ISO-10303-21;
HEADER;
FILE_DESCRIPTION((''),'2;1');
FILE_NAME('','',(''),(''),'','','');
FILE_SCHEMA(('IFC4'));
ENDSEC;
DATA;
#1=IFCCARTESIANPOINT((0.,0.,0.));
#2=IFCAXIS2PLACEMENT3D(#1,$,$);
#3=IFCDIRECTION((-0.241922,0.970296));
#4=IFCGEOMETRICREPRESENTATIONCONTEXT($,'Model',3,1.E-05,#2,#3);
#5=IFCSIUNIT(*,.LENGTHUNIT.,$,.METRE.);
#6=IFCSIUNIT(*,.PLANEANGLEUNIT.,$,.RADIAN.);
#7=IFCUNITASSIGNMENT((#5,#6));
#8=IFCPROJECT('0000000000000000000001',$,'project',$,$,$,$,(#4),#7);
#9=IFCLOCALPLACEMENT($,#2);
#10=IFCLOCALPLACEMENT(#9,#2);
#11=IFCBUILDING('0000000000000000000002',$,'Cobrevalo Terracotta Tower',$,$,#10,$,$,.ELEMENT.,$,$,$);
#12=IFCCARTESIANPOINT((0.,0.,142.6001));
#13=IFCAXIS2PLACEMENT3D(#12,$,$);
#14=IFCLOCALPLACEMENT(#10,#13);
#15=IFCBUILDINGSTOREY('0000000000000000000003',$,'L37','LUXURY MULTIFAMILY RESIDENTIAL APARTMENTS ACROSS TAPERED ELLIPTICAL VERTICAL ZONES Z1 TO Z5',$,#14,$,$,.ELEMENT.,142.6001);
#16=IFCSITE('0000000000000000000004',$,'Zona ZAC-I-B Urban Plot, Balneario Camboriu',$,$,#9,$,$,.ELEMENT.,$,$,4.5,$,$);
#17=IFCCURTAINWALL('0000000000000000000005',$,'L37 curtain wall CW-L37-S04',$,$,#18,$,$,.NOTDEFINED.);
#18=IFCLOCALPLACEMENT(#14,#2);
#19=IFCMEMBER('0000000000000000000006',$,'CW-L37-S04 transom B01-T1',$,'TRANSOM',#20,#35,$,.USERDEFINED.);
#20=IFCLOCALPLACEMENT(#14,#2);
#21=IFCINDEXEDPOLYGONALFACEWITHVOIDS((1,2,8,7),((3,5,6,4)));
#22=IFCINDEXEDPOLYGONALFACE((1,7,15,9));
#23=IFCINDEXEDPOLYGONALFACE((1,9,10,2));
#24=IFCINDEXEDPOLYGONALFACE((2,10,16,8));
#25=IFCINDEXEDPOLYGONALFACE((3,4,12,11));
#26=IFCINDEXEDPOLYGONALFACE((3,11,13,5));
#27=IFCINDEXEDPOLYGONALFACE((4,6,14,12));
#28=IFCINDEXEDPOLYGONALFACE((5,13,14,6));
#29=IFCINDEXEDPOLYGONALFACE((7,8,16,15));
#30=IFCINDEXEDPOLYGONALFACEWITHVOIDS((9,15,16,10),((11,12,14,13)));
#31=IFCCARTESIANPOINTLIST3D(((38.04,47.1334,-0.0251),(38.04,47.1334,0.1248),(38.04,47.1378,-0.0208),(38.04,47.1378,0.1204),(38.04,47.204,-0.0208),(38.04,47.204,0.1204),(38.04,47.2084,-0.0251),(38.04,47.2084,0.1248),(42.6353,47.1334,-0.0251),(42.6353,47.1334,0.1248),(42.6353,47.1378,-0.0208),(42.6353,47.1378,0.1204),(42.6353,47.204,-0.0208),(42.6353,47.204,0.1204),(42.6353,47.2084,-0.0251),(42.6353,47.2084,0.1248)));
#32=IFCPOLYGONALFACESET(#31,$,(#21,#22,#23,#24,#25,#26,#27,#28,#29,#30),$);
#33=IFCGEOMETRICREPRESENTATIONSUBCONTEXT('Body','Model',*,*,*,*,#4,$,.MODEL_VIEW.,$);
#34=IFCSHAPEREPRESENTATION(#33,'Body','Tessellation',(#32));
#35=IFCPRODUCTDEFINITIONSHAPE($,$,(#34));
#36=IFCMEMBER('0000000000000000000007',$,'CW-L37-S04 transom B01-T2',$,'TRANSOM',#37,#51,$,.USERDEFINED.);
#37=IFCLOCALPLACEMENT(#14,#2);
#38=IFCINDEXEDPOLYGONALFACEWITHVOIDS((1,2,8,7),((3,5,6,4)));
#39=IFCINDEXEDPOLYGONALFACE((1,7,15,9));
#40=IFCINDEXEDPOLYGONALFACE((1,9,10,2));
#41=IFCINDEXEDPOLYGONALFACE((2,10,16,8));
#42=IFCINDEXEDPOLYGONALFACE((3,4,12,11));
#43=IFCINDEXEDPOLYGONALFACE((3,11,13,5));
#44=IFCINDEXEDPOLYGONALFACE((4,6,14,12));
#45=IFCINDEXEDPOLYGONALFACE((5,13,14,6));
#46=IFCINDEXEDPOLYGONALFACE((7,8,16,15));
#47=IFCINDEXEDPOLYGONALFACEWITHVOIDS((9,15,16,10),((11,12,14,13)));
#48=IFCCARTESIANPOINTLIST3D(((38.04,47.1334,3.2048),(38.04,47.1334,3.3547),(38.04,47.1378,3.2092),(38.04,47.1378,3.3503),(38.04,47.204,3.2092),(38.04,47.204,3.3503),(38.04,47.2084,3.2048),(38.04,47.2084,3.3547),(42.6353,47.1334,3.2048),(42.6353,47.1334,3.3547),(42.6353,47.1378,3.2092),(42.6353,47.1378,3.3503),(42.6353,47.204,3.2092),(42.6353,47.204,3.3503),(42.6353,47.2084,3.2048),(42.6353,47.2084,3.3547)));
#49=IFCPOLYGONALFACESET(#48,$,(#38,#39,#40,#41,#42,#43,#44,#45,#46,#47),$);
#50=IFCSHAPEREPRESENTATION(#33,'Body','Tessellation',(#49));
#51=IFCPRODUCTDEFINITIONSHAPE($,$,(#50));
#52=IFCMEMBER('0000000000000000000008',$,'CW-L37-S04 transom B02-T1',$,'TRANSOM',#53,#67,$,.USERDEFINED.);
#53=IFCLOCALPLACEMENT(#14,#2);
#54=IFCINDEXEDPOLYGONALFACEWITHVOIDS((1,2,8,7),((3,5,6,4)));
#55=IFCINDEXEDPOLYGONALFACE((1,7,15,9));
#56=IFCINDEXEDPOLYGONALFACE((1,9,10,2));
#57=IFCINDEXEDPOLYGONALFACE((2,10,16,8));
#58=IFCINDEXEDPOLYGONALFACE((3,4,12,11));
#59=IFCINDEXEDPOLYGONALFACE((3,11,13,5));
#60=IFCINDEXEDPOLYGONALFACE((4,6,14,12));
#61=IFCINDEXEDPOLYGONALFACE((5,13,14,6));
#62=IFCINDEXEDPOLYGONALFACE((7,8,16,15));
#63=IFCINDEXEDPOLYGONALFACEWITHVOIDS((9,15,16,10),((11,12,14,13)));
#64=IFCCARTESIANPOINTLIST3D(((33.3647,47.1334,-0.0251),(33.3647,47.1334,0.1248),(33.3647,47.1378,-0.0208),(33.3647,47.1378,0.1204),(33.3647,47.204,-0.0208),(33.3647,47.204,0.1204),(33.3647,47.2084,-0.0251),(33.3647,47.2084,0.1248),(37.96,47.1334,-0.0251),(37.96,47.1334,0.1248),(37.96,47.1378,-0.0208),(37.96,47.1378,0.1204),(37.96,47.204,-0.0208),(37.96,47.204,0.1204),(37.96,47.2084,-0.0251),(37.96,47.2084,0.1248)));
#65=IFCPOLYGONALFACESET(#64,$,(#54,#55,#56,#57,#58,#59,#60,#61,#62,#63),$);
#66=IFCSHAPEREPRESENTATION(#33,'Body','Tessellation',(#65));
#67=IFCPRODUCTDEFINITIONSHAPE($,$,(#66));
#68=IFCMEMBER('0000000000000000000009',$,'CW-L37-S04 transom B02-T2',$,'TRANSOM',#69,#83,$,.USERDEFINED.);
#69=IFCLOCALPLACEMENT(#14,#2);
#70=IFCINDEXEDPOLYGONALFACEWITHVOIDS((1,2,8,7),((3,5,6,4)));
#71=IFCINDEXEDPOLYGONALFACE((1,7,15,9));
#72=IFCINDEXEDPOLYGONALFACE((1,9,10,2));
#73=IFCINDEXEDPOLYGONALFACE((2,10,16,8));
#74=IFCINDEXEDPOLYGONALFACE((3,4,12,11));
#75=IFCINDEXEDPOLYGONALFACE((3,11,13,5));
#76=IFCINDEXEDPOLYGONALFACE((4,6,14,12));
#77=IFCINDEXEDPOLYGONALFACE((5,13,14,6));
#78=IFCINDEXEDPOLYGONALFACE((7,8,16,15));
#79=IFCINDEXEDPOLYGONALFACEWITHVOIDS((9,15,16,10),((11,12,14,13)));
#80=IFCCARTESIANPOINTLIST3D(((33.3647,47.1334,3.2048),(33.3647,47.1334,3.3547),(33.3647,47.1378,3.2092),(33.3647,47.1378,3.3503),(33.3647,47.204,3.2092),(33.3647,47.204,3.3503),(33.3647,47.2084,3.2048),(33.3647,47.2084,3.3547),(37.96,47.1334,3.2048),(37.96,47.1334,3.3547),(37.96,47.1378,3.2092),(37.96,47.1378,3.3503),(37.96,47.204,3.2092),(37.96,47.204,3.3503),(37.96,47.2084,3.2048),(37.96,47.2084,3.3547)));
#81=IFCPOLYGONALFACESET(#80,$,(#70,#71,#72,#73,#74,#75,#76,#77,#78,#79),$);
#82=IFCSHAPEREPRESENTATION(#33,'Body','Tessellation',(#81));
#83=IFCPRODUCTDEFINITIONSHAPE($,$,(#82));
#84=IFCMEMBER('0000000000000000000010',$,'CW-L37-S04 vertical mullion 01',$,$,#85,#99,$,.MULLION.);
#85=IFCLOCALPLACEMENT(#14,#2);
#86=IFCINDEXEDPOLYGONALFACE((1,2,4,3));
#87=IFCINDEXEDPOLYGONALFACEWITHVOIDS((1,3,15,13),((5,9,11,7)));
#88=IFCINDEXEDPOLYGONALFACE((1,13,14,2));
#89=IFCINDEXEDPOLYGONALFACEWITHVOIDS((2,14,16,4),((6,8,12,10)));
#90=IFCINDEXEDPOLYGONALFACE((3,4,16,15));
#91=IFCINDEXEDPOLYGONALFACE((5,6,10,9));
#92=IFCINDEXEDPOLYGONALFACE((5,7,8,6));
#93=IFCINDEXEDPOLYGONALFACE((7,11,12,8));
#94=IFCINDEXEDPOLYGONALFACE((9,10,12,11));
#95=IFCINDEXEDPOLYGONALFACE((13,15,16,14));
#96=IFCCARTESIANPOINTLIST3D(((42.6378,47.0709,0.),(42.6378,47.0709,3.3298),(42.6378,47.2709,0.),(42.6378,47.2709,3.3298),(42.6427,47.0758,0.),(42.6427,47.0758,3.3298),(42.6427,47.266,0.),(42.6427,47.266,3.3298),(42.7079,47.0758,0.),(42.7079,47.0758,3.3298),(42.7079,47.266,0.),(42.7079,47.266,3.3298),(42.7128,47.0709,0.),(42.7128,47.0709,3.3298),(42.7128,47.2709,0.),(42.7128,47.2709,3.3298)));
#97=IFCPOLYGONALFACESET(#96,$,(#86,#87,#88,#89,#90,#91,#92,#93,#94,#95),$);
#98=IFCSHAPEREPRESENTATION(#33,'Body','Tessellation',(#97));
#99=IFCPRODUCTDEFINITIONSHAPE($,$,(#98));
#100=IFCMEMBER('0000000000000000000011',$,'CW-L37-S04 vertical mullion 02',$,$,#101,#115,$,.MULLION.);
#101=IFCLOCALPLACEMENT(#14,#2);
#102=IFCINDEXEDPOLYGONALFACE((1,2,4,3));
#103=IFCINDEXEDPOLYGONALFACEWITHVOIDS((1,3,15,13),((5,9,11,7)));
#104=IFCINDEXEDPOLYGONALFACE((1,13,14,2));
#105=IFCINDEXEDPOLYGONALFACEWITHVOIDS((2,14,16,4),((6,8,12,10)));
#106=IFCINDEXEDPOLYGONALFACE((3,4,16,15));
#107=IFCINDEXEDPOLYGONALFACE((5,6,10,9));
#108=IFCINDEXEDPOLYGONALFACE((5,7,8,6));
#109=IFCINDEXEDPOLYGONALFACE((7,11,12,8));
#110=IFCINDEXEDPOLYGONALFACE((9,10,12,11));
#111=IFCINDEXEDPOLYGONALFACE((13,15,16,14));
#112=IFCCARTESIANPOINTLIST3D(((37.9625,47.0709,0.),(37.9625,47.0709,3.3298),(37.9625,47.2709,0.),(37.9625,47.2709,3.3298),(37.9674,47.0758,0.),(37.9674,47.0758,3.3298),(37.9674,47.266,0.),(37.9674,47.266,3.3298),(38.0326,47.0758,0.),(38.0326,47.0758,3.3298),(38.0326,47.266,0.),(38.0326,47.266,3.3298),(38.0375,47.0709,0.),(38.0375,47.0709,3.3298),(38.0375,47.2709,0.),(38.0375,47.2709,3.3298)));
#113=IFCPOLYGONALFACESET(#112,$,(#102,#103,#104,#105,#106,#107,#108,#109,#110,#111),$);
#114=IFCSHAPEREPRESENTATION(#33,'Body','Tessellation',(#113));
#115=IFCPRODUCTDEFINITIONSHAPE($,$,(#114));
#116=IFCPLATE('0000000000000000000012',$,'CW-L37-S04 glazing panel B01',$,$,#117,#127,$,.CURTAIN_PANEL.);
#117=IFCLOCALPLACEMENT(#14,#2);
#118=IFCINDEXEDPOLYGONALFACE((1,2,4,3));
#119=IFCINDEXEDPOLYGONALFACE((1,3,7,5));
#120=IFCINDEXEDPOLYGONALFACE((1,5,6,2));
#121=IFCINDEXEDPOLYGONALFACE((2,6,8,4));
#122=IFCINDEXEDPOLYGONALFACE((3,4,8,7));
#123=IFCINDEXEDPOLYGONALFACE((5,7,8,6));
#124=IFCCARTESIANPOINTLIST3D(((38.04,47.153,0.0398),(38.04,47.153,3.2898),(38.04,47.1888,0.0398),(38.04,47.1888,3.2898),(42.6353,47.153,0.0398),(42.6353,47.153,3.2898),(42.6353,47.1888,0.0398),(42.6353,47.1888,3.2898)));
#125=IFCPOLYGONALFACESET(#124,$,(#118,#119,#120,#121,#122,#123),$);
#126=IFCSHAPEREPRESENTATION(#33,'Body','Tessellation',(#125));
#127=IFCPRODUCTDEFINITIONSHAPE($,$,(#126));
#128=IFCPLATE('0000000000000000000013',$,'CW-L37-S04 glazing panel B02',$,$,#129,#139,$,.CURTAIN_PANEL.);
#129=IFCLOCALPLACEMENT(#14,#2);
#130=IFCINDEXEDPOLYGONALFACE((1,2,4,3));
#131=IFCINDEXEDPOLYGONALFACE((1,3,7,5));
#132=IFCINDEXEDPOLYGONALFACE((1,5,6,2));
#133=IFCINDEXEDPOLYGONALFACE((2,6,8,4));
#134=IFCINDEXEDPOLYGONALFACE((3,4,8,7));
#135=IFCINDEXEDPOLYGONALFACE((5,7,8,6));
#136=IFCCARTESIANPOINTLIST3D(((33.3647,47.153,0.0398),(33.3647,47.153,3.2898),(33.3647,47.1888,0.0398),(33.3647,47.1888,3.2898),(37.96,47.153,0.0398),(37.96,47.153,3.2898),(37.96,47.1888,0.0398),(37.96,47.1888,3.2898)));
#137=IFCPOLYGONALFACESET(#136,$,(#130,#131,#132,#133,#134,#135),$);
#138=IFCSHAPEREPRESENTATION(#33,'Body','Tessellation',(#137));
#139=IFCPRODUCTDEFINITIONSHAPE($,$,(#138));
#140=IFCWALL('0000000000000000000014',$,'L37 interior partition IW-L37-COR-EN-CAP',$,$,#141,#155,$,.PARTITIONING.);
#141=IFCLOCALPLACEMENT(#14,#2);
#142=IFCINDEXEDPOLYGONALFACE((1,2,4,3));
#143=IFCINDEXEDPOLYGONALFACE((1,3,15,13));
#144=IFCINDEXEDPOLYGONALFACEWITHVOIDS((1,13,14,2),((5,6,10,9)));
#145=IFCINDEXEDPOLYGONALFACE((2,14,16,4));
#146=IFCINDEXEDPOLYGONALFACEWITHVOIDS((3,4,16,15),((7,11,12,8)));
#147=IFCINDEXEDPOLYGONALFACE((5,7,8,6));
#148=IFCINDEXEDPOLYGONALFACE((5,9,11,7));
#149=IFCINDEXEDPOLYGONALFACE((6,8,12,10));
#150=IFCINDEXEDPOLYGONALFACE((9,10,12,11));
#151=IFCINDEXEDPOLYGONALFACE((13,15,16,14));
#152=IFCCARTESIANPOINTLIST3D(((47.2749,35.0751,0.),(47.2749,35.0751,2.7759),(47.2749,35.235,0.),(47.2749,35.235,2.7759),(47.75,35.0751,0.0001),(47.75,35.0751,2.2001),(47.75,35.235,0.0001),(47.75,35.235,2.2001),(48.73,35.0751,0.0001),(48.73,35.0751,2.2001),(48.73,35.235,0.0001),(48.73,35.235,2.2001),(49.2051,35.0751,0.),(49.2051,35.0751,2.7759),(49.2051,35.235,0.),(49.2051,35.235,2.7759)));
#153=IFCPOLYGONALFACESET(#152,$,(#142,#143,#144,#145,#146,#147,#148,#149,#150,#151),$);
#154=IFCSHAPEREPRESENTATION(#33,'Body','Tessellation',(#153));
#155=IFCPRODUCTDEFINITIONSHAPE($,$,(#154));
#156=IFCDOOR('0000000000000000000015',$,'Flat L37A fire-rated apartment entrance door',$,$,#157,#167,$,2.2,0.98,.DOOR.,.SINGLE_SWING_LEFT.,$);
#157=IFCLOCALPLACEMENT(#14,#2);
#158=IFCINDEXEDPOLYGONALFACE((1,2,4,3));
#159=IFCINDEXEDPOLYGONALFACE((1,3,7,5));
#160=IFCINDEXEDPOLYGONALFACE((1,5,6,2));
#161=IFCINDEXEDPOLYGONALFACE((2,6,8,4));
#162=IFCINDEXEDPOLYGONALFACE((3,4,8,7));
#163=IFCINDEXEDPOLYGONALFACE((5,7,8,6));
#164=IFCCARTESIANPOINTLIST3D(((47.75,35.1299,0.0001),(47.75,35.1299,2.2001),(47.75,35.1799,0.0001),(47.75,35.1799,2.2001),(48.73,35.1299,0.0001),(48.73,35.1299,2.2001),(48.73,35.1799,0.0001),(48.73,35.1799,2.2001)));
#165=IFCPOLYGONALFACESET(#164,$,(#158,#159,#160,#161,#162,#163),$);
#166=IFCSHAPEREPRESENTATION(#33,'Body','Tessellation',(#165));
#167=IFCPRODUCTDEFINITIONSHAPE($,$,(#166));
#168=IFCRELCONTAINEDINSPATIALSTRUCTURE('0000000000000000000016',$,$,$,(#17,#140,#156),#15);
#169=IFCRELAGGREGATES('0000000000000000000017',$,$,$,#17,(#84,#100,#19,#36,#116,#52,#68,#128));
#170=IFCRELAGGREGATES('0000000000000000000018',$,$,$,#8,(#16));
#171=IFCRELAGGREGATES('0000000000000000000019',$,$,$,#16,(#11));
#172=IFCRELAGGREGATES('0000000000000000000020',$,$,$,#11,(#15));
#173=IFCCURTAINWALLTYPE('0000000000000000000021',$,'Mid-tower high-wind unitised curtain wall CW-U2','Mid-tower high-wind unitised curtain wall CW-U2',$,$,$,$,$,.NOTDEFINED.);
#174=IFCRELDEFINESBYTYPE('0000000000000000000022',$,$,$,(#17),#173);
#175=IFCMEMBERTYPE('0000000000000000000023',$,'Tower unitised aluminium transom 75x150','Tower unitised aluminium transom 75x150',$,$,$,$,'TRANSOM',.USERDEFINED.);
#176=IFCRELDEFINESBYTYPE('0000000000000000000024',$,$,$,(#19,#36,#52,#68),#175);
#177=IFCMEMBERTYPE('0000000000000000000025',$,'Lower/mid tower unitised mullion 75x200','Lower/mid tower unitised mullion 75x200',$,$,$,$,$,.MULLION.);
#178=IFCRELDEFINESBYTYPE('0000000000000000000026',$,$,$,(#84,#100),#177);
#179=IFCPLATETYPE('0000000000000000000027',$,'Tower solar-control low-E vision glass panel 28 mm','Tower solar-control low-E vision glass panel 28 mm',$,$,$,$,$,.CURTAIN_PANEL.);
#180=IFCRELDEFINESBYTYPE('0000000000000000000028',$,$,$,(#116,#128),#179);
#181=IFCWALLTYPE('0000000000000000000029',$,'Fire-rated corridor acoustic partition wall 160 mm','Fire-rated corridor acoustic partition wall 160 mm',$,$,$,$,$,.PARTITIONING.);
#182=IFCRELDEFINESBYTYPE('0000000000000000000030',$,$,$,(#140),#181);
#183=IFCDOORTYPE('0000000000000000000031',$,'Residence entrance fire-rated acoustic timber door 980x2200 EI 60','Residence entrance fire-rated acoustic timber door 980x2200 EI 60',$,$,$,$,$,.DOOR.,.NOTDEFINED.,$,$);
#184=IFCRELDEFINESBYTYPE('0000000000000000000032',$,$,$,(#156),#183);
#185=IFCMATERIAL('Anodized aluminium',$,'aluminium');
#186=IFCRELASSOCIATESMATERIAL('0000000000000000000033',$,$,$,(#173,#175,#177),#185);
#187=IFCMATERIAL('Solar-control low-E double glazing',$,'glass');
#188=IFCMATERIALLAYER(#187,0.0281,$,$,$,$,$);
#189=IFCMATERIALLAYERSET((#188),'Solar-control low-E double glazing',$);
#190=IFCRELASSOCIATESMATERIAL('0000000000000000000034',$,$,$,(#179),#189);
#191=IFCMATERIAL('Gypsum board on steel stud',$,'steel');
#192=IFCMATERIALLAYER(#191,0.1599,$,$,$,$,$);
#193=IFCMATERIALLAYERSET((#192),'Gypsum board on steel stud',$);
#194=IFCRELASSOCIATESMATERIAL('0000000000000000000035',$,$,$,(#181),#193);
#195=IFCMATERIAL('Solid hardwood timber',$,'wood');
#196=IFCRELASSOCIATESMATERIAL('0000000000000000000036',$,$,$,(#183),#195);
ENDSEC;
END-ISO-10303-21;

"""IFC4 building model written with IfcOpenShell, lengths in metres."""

from ifc_helpers import new_model, si_unit, direction, frame, frame_2d, origin, origin_2d, place, context, subcontext, project, spatial, rectangle, hollow_rectangle, extrude, source, transform, mapped, material, layer, layer_set, material_profile, profile_set, type_object, element, fill, aggregate, save


model = new_model("IFC4")

# Units and contexts
model_context = context("Model", 3, precision=1e-05, world=origin(), true_north=direction((-0.241922, 0.970296)))
body_context = subcontext(model_context, "Body", "Model", "MODEL_VIEW")
ifc_project = project(units=[si_unit("LENGTHUNIT", "METRE"), si_unit("PLANEANGLEUNIT", "RADIAN")], contexts=[model_context])

# Site, building, storey
site_placement = place(None, origin())
site = spatial("IfcSite", under=ifc_project, at=site_placement, Name="Zona ZAC-I-B Urban Plot, Balneario Camboriu", CompositionType="ELEMENT", RefElevation=4.5)
building_placement = place(site_placement, origin())
building = spatial("IfcBuilding", under=site, at=building_placement, Name="Cobrevalo Terracotta Tower", CompositionType="ELEMENT")
storey_placement = place(building_placement, frame((0.0, 0.0, 142.6001)))
storey = spatial("IfcBuildingStorey", under=building, at=storey_placement, Name="L37", Description="LUXURY MULTIFAMILY RESIDENTIAL APARTMENTS ACROSS TAPERED ELLIPTICAL VERTICAL ZONES Z1 TO Z5", CompositionType="ELEMENT", Elevation=142.6001)

# Curtain wall, members, plates
ifc_material_1 = material(Name="Anodized aluminium", Category="aluminium")
curtain_wall_type = type_object("IfcCurtainWallType", Name="Mid-tower high-wind unitised curtain wall CW-U2", Description="Mid-tower high-wind unitised curtain wall CW-U2", PredefinedType="NOTDEFINED", material=ifc_material_1)
curtain_wall_placement = place(storey_placement, origin())
curtain_wall = element("IfcCurtainWall", 1, at=curtain_wall_placement, inside=storey, type_object=curtain_wall_type, Name="L37 curtain wall CW-L37-S04", PredefinedType="NOTDEFINED")
ifc_material_profile_1 = material_profile(ifc_material_1, hollow_rectangle(XDim=0.075, YDim=0.1499, WallThickness=0.0044, at=origin_2d()), Name="CWT 75x150")
ifc_profile_set_1 = profile_set([ifc_material_profile_1], Name="Anodized aluminium")
member_type_1 = type_object("IfcMemberType", Name="Tower unitised aluminium transom 75x150", Description="Tower unitised aluminium transom 75x150", ElementType="TRANSOM", PredefinedType="USERDEFINED", material=ifc_profile_set_1)
shared_shape_1 = source(origin(), body_context, "Body", "SweptSolid", [
    extrude(hollow_rectangle(XDim=0.075, YDim=0.1499, WallThickness=0.0044, at=origin_2d()), origin(), (0.0, 0.0, 1.0), 4.5952),
])
member_1_placement = place(storey_placement, frame((42.6353, 47.1709, 0.0498), z_axis=(-1.0, 0.0, 0.0), x_axis=(0.0, -1.0, 0.0)))
member_1 = element("IfcMember", 2, at=member_1_placement, type_object=member_type_1, Name="CW-L37-S04 transom B01-T1", ObjectType="TRANSOM", PredefinedType="USERDEFINED", context=body_context, shape_type="MappedRepresentation", body=[
    mapped(shared_shape_1, transform((0.0, 0.0, 0.0), scale=1.0)),
])
member_2_placement = place(storey_placement, frame((42.6353, 47.1709, 3.2798), z_axis=(-1.0, 0.0, 0.0), x_axis=(0.0, -1.0, 0.0)))
member_2 = element("IfcMember", 3, at=member_2_placement, type_object=member_type_1, Name="CW-L37-S04 transom B01-T2", ObjectType="TRANSOM", PredefinedType="USERDEFINED", context=body_context, shape_type="MappedRepresentation", body=[
    mapped(shared_shape_1, transform((0.0, 0.0, 0.0), scale=1.0)),
])
member_3_placement = place(storey_placement, frame((37.96, 47.1709, 0.0498), z_axis=(-1.0, 0.0, 0.0), x_axis=(0.0, -1.0, 0.0)))
member_3 = element("IfcMember", 4, at=member_3_placement, type_object=member_type_1, Name="CW-L37-S04 transom B02-T1", ObjectType="TRANSOM", PredefinedType="USERDEFINED", context=body_context, shape_type="MappedRepresentation", body=[
    mapped(shared_shape_1, transform((0.0, 0.0, 0.0), scale=1.0)),
])
member_4_placement = place(storey_placement, frame((37.96, 47.1709, 3.2798), z_axis=(-1.0, 0.0, 0.0), x_axis=(0.0, -1.0, 0.0)))
member_4 = element("IfcMember", 5, at=member_4_placement, type_object=member_type_1, Name="CW-L37-S04 transom B02-T2", ObjectType="TRANSOM", PredefinedType="USERDEFINED", context=body_context, shape_type="MappedRepresentation", body=[
    mapped(shared_shape_1, transform((0.0, 0.0, 0.0), scale=1.0)),
])
ifc_material_profile_2 = material_profile(ifc_material_1, hollow_rectangle(XDim=0.075, YDim=0.2, WallThickness=0.0049, at=origin_2d()), Name="CWM 75x200")
ifc_profile_set_2 = profile_set([ifc_material_profile_2], Name="Anodized aluminium")
member_type_2 = type_object("IfcMemberType", Name="Lower/mid tower unitised mullion 75x200", Description="Lower/mid tower unitised mullion 75x200", PredefinedType="MULLION", material=ifc_profile_set_2)
shared_shape_2 = source(origin(), body_context, "Body", "SweptSolid", [
    extrude(hollow_rectangle(XDim=0.075, YDim=0.2, WallThickness=0.0049, at=origin_2d()), origin(), (0.0, 0.0, 1.0), 3.3298),
])
member_5_placement = place(storey_placement, frame((42.6753, 47.1709, 0.0), z_axis=(0.0, 0.0, 1.0), x_axis=(-1.0, 0.0, 0.0)))
member_5 = element("IfcMember", 6, at=member_5_placement, type_object=member_type_2, Name="CW-L37-S04 vertical mullion 01", PredefinedType="MULLION", context=body_context, shape_type="MappedRepresentation", body=[
    mapped(shared_shape_2, transform((0.0, 0.0, 0.0), scale=1.0)),
])
member_6_placement = place(storey_placement, frame((38.0, 47.1709, 0.0), z_axis=(0.0, 0.0, 1.0), x_axis=(-1.0, 0.0, 0.0)))
member_6 = element("IfcMember", 7, at=member_6_placement, type_object=member_type_2, Name="CW-L37-S04 vertical mullion 02", PredefinedType="MULLION", context=body_context, shape_type="MappedRepresentation", body=[
    mapped(shared_shape_2, transform((0.0, 0.0, 0.0), scale=1.0)),
])
ifc_material_2 = material(Name="Solar-control low-E double glazing", Category="glass")
ifc_layer_1 = layer(ifc_material_2, 0.0281)
ifc_layer_set_1 = layer_set([ifc_layer_1], Name="Solar-control low-E double glazing")
plate_type = type_object("IfcPlateType", Name="Tower solar-control low-E vision glass panel 28 mm", Description="Tower solar-control low-E vision glass panel 28 mm", PredefinedType="CURTAIN_PANEL", material=ifc_layer_set_1)
shared_shape_3 = source(origin(), body_context, "Body", "SweptSolid", [
    extrude(rectangle(XDim=4.5952, YDim=0.0359, at=origin_2d()), origin(), (0.0, 0.0, 1.0), 3.25),
])
plate_1_placement = place(storey_placement, frame((40.3376, 47.1709, 0.0398), z_axis=(0.0, 0.0, 1.0), x_axis=(-1.0, 0.0, 0.0)))
plate_1 = element("IfcPlate", 8, at=plate_1_placement, type_object=plate_type, Name="CW-L37-S04 glazing panel B01", PredefinedType="CURTAIN_PANEL", context=body_context, shape_type="MappedRepresentation", body=[
    mapped(shared_shape_3, transform((0.0, 0.0, 0.0), scale=1.0)),
])
plate_2_placement = place(storey_placement, frame((35.6624, 47.1709, 0.0398), z_axis=(0.0, 0.0, 1.0), x_axis=(-1.0, 0.0, 0.0)))
plate_2 = element("IfcPlate", 9, at=plate_2_placement, type_object=plate_type, Name="CW-L37-S04 glazing panel B02", PredefinedType="CURTAIN_PANEL", context=body_context, shape_type="MappedRepresentation", body=[
    mapped(shared_shape_3, transform((0.0, 0.0, 0.0), scale=1.0)),
])
aggregate(curtain_wall, [member_5, member_6, member_1, member_2, plate_1, member_3, member_4, plate_2])

# Wall, opening, door
ifc_material_3 = material(Name="Gypsum board on steel stud", Category="steel")
ifc_layer_2 = layer(ifc_material_3, 0.1599)
ifc_layer_set_2 = layer_set([ifc_layer_2], Name="Gypsum board on steel stud")
wall_type_1 = type_object("IfcWallType", Name="Fire-rated corridor acoustic partition wall 160 mm", Description="Fire-rated corridor acoustic partition wall 160 mm", PredefinedType="PARTITIONING", material=ifc_layer_set_2)
wall_1_placement = place(storey_placement, frame((47.2749, 35.155, 0.0), z_axis=(0.0, 0.0, 1.0), x_axis=(1.0, 0.0, 0.0)))
wall_1 = element("IfcWall", 10, at=wall_1_placement, inside=storey, type_object=wall_type_1, Name="L37 interior partition IW-L37-COR-EN-CAP", PredefinedType="PARTITIONING", context=body_context, shape_type="SweptSolid", body=[
    extrude(rectangle(XDim=1.9302, YDim=0.1599, at=frame_2d((0.9651, 0.0))), origin(), (0.0, 0.0, 1.0), 2.7759),
])
opening_1_placement = place(wall_1_placement, frame((0.4751, 0.0, 0.0)))
opening_1 = element("IfcOpeningElement", 11, at=opening_1_placement, cuts=wall_1, PredefinedType="OPENING", context=body_context, shape_type="SweptSolid", body=[
    extrude(rectangle(XDim=0.98, YDim=2.2, at=frame_2d((0.49, 1.1001))), frame((0.0, 0.0898, 0.0), z_axis=(0.0, -1.0, 0.0), x_axis=(1.0, 0.0, 0.0)), (0.0, 0.0, 1.0), 0.1799),
])
ifc_material_4 = material(Name="Solid hardwood timber", Category="wood")
door_type_1 = type_object("IfcDoorType", Name="Residence entrance fire-rated acoustic timber door 980x2200 EI 60", Description="Residence entrance fire-rated acoustic timber door 980x2200 EI 60", OperationType="NOTDEFINED", PredefinedType="DOOR", material=ifc_material_4)
shared_shape_4 = source(origin(), body_context, "Body", "SweptSolid", [
    extrude(rectangle(XDim=0.98, YDim=2.2, at=frame_2d((0.49, 1.1001))), frame((0.0, 0.0249, 0.0), z_axis=(0.0, -1.0, 0.0), x_axis=(1.0, 0.0, 0.0)), (0.0, 0.0, 1.0), 0.05),
])
door_1_placement = place(opening_1_placement, origin())
door_1 = element("IfcDoor", 12, at=door_1_placement, inside=storey, type_object=door_type_1, Name="Flat L37A fire-rated apartment entrance door", OperationType="SINGLE_SWING_LEFT", OverallHeight=2.2, OverallWidth=0.98, PredefinedType="DOOR", context=body_context, shape_type="MappedRepresentation", body=[
    mapped(shared_shape_4, transform((0.0, 0.0, 0.0), scale=1.0)),
])
fill(opening_1, door_1)

save(model, "model.ifc")
